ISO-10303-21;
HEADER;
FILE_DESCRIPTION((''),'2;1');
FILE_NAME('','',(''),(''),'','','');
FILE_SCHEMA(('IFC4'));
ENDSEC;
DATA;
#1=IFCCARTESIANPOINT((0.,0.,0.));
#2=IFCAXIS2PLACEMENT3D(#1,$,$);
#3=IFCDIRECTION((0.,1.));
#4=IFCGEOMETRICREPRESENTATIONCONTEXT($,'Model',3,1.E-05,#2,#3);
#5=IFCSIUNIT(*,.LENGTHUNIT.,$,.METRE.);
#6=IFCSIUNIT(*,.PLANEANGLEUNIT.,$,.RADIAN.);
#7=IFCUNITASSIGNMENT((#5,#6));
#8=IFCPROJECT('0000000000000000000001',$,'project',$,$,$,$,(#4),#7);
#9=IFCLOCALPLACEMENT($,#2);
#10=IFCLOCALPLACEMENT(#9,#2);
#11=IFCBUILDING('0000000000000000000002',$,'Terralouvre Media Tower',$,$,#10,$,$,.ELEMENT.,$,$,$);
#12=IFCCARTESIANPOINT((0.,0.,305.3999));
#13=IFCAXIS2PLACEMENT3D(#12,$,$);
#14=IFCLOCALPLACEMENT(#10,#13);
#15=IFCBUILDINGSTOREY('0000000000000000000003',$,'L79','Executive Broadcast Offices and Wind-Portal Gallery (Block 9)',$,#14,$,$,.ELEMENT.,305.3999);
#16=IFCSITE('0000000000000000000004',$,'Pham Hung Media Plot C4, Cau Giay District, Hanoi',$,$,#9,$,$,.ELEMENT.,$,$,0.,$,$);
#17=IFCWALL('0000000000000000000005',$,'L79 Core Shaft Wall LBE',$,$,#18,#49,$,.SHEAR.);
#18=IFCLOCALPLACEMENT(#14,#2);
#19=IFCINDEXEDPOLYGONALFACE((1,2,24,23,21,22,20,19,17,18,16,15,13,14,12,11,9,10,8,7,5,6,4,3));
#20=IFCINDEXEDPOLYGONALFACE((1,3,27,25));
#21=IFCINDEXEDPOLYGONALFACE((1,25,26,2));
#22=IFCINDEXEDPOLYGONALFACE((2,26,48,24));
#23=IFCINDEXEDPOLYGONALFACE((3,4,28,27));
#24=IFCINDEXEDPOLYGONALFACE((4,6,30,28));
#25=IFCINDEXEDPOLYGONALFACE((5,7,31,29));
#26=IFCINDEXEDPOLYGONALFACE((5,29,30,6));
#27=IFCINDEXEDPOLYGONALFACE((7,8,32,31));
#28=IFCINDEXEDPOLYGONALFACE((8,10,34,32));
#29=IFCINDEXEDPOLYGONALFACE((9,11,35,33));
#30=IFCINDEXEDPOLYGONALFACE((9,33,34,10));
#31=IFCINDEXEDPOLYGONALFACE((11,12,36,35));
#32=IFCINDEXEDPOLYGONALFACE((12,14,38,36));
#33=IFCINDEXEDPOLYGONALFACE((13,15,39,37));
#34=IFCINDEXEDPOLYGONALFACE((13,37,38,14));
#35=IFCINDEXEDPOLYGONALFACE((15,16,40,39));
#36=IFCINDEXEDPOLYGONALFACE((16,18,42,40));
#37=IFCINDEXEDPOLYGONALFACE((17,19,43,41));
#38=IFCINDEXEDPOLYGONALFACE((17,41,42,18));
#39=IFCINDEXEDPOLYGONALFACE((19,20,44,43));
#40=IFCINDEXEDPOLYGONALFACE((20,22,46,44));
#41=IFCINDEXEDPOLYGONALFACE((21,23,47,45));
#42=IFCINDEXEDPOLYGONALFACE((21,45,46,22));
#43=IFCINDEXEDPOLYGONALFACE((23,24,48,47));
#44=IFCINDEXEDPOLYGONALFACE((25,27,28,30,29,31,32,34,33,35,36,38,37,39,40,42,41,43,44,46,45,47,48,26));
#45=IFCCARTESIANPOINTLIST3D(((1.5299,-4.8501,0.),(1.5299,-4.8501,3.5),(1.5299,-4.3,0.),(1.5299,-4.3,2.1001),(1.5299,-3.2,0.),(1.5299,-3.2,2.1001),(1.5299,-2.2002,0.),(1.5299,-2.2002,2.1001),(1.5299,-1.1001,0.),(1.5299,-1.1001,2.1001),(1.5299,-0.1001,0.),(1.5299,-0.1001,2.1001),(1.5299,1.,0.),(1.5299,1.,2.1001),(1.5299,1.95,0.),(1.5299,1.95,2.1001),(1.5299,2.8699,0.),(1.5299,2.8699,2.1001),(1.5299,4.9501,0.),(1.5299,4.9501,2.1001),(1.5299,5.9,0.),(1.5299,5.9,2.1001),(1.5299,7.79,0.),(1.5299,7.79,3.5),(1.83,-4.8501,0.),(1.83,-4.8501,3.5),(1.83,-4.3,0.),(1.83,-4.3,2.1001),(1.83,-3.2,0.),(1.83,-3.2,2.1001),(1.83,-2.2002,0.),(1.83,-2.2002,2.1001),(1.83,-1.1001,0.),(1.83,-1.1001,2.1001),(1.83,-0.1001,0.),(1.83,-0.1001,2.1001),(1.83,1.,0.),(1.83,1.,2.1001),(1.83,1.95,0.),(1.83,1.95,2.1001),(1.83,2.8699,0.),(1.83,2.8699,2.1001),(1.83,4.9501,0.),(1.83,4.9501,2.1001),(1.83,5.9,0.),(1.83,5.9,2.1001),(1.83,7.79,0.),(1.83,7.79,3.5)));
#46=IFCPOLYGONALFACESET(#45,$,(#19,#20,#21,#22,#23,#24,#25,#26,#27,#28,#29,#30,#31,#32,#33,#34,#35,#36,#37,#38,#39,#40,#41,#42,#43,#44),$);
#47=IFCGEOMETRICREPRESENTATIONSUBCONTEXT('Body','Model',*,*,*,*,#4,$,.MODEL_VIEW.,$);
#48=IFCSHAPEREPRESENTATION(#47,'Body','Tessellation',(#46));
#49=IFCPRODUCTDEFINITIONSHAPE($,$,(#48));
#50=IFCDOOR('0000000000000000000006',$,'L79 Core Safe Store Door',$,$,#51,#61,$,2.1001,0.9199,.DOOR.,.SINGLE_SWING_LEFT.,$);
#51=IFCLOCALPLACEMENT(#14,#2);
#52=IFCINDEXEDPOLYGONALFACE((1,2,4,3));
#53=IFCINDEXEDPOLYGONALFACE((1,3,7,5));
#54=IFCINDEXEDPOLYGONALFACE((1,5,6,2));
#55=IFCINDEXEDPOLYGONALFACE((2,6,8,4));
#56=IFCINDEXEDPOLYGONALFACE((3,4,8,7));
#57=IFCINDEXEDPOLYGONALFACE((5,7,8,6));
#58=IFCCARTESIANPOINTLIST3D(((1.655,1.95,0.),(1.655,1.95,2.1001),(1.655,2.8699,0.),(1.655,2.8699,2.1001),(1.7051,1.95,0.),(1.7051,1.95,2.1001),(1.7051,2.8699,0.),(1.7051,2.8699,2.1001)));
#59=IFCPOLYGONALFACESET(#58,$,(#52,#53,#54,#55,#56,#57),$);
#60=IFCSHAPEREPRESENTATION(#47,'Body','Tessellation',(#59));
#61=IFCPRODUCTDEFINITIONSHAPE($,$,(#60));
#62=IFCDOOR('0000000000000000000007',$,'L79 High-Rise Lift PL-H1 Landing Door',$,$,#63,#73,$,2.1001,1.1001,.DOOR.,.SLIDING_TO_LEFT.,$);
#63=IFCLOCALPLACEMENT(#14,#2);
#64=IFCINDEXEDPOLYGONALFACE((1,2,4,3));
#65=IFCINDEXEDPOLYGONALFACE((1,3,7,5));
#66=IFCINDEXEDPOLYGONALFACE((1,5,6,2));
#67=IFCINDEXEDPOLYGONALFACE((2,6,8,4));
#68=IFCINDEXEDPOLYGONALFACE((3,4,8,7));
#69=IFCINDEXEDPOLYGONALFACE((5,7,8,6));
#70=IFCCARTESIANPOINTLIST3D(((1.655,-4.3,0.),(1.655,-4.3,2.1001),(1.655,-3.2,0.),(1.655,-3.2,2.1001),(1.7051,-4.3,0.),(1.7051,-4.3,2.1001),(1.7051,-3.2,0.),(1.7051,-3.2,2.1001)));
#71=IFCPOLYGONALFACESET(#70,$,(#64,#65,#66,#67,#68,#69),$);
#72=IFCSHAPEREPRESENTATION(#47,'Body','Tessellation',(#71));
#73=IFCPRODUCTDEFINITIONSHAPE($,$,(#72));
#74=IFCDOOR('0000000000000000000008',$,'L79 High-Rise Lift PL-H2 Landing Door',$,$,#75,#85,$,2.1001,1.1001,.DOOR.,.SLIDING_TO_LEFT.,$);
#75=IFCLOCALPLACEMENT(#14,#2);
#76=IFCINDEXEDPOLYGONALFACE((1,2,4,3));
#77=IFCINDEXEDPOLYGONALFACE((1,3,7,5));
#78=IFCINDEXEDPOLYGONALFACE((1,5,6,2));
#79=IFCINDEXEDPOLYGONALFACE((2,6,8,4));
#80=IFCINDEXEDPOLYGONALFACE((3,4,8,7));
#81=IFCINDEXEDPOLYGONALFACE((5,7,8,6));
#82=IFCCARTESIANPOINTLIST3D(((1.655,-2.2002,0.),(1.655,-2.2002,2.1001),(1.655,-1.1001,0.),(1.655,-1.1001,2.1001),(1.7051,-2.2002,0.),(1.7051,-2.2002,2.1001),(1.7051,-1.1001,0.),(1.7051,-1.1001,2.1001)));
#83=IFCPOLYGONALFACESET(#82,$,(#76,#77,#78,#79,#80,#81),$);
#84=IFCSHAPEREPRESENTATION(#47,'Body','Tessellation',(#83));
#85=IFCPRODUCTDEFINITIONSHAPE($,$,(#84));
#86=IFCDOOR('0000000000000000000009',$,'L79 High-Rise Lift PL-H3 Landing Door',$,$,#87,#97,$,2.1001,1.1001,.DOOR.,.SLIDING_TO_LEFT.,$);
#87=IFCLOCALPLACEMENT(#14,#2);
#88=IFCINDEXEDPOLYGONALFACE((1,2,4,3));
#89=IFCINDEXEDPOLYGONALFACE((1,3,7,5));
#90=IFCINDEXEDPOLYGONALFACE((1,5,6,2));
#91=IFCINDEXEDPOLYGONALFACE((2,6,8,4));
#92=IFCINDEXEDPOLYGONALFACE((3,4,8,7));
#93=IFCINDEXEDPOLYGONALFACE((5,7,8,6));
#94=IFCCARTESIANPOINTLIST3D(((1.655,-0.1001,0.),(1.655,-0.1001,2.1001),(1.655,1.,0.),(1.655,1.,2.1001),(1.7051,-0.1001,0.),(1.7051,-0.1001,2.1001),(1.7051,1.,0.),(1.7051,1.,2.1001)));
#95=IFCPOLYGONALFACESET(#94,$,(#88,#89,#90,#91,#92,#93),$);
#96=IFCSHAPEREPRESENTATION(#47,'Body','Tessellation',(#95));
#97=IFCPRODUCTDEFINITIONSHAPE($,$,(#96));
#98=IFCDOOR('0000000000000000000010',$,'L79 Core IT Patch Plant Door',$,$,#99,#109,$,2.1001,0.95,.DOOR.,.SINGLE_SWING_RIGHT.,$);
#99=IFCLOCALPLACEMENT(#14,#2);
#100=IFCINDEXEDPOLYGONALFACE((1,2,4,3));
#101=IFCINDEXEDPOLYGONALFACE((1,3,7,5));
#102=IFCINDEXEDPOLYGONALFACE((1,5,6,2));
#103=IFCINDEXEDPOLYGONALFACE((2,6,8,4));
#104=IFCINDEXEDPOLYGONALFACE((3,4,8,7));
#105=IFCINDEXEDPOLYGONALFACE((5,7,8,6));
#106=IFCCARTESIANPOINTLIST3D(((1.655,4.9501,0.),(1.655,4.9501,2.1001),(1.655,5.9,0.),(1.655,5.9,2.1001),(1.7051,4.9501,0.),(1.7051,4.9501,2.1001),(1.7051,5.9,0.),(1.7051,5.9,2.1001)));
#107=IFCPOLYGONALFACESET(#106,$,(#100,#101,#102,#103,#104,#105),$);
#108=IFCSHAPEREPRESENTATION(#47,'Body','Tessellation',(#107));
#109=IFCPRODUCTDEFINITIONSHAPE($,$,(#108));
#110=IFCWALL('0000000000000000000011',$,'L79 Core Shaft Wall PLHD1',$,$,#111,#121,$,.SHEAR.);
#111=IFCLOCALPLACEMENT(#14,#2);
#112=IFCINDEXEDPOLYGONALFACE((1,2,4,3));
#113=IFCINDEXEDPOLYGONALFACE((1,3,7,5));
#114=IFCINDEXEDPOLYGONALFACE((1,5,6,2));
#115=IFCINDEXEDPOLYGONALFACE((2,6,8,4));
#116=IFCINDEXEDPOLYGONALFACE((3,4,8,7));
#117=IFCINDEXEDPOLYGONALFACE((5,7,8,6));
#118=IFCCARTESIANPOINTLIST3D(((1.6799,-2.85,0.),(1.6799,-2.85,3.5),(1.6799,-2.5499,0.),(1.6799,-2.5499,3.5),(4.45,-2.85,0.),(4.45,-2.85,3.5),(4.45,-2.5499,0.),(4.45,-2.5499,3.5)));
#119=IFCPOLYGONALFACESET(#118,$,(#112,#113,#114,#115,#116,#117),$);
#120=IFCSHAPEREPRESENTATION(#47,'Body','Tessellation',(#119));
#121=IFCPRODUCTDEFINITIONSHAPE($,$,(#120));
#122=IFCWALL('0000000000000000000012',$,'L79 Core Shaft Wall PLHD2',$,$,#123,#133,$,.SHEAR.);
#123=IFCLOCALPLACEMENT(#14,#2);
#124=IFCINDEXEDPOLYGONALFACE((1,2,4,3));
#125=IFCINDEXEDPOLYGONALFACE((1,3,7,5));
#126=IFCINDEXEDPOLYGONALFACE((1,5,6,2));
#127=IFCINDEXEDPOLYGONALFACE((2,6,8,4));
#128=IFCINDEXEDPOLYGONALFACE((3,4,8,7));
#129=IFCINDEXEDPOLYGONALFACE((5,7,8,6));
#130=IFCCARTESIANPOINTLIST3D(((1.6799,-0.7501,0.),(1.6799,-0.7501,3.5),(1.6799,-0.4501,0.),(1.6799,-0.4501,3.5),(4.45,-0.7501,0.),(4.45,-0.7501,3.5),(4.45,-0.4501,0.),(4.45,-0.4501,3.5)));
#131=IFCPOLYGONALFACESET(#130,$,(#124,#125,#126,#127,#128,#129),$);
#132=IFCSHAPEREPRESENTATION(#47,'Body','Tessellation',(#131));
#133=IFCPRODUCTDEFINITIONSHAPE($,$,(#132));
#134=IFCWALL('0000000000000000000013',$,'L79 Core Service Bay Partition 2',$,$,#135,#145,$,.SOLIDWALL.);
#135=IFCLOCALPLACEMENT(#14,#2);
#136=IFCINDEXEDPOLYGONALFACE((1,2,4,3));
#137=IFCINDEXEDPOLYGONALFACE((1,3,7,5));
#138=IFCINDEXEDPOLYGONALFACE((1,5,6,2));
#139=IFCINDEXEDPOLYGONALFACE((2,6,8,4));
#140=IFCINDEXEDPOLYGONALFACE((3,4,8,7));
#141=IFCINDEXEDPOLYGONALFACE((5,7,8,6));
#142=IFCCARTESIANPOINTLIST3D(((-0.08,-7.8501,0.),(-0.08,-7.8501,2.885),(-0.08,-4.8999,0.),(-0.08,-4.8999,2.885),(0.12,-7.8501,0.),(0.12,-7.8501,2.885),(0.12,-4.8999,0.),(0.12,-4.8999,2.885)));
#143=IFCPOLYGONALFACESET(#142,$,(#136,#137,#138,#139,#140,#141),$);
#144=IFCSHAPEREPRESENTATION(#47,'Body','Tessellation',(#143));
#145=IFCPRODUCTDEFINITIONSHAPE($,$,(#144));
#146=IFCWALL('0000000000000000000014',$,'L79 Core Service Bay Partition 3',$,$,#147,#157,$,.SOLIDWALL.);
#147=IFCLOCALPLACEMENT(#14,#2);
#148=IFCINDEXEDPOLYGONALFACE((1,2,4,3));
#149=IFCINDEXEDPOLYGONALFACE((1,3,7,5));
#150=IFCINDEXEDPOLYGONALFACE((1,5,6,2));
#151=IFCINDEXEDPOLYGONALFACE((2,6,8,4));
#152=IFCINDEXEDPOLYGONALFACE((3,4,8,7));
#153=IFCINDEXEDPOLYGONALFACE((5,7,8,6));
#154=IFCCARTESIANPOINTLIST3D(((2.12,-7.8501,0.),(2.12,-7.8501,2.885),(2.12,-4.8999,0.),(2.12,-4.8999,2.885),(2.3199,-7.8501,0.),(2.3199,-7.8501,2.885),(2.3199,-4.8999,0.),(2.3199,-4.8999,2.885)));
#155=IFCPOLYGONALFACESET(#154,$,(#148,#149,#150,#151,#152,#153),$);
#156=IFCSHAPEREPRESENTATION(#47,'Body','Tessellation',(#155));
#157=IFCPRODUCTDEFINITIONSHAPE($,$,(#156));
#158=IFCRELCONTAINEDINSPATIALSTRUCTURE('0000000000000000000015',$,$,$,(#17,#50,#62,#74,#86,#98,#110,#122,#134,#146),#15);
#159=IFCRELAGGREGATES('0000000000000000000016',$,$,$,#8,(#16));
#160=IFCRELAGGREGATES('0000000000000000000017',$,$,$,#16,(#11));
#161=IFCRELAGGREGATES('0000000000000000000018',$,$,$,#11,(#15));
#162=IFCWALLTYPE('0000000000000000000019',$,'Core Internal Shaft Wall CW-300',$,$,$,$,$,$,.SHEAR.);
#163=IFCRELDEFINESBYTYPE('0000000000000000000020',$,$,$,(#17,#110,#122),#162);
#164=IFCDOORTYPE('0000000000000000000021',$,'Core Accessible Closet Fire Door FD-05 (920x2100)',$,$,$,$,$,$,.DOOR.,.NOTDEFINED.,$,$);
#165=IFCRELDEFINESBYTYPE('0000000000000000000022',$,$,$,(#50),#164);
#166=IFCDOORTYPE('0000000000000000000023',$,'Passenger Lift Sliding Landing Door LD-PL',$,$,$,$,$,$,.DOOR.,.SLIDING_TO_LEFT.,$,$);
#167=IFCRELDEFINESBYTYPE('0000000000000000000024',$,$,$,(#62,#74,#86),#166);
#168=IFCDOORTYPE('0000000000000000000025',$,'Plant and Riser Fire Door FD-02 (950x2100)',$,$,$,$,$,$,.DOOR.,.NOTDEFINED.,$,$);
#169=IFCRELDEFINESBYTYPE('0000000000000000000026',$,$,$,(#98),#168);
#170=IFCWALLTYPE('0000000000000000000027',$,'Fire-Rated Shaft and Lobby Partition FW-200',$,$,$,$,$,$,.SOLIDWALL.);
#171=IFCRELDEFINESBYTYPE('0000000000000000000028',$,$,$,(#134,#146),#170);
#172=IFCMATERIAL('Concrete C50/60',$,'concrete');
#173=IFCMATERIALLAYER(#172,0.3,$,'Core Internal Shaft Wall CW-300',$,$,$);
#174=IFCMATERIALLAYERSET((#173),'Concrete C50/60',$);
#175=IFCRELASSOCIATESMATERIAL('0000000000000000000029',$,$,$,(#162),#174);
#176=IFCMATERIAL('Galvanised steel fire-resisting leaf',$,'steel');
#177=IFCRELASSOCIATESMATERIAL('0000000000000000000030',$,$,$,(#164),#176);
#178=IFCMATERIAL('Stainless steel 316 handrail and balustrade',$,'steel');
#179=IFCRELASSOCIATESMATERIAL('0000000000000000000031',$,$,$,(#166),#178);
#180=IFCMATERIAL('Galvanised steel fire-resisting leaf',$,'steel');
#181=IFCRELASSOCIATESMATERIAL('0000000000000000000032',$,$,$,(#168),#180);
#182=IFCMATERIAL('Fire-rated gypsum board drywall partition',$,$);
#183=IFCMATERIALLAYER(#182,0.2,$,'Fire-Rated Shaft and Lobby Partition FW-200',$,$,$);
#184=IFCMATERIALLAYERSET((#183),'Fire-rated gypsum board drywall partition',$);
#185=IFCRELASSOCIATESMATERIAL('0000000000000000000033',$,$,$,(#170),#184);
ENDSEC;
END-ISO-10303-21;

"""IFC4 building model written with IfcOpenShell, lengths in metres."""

from ifc_helpers import new_model, si_unit, direction, frame, frame_2d, origin, place, context, subcontext, project, spatial, rectangle, extrude, material, layer, layer_set, type_object, element, fill, save


model = new_model("IFC4")

# Units and contexts
model_context = context("Model", 3, precision=1e-05, world=origin(), true_north=direction((0.0, 1.0)))
body_context = subcontext(model_context, "Body", "Model", "MODEL_VIEW")
ifc_project = project(units=[si_unit("LENGTHUNIT", "METRE"), si_unit("PLANEANGLEUNIT", "RADIAN")], contexts=[model_context])

# Site, building, storey
site_placement = place(None, origin())
site = spatial("IfcSite", under=ifc_project, at=site_placement, Name="Pham Hung Media Plot C4, Cau Giay District, Hanoi", CompositionType="ELEMENT", RefElevation=0.0)
building_placement = place(site_placement, origin())
building = spatial("IfcBuilding", under=site, at=building_placement, Name="Terralouvre Media Tower", CompositionType="ELEMENT")
storey_placement = place(building_placement, frame((0.0, 0.0, 305.3999)))
storey = spatial("IfcBuildingStorey", under=building, at=storey_placement, Name="L79", Description="Executive Broadcast Offices and Wind-Portal Gallery (Block 9)", CompositionType="ELEMENT", Elevation=305.3999)

# Shared definitions
ifc_material_1 = material(Name="Concrete C50/60", Category="concrete")
ifc_layer_1 = layer(ifc_material_1, 0.3, Name="Core Internal Shaft Wall CW-300")
ifc_layer_set_1 = layer_set([ifc_layer_1], Name="Concrete C50/60")
wall_type_1 = type_object("IfcWallType", Name="Core Internal Shaft Wall CW-300", PredefinedType="SHEAR", material=ifc_layer_set_1)

# Wall, openings, doors
wall_1_placement = place(storey_placement, frame((1.6799, -4.8501, 0.0), z_axis=(0.0, 0.0, 1.0), x_axis=(0.0, 1.0, 0.0)))
wall_1 = element("IfcWall", 1, at=wall_1_placement, inside=storey, type_object=wall_type_1, Name="L79 Core Shaft Wall LBE", PredefinedType="SHEAR", context=body_context, shape_type="SweptSolid", body=[
    extrude(rectangle(XDim=12.6401, YDim=0.3, at=frame_2d((6.3201, 0.0))), origin(), (0.0, 0.0, 1.0), 3.5),
])
opening_1_placement = place(wall_1_placement, frame((0.55, 0.0, 0.0)))
opening_1 = element("IfcOpeningElement", 2, at=opening_1_placement, cuts=wall_1, PredefinedType="OPENING", context=body_context, shape_type="SweptSolid", body=[
    extrude(rectangle(XDim=1.1001, YDim=2.1001, at=frame_2d((0.55, 1.05))), frame((0.0, 0.1599, 0.0), z_axis=(0.0, -1.0, 0.0), x_axis=(1.0, 0.0, 0.0)), (0.0, 0.0, 1.0), 0.3201),
])
opening_2_placement = place(wall_1_placement, frame((2.6499, 0.0, 0.0)))
opening_2 = element("IfcOpeningElement", 3, at=opening_2_placement, cuts=wall_1, PredefinedType="OPENING", context=body_context, shape_type="SweptSolid", body=[
    extrude(rectangle(XDim=1.1001, YDim=2.1001, at=frame_2d((0.55, 1.05))), frame((0.0, 0.1599, 0.0), z_axis=(0.0, -1.0, 0.0), x_axis=(1.0, 0.0, 0.0)), (0.0, 0.0, 1.0), 0.3201),
])
opening_3_placement = place(wall_1_placement, frame((4.75, 0.0, 0.0)))
opening_3 = element("IfcOpeningElement", 4, at=opening_3_placement, cuts=wall_1, PredefinedType="OPENING", context=body_context, shape_type="SweptSolid", body=[
    extrude(rectangle(XDim=1.1001, YDim=2.1001, at=frame_2d((0.55, 1.05))), frame((0.0, 0.1599, 0.0), z_axis=(0.0, -1.0, 0.0), x_axis=(1.0, 0.0, 0.0)), (0.0, 0.0, 1.0), 0.3201),
])
opening_4_placement = place(wall_1_placement, frame((6.8, 0.0, 0.0)))
opening_4 = element("IfcOpeningElement", 5, at=opening_4_placement, cuts=wall_1, PredefinedType="OPENING", context=body_context, shape_type="SweptSolid", body=[
    extrude(rectangle(XDim=0.9199, YDim=2.1001, at=frame_2d((0.46, 1.05))), frame((0.0, 0.1599, 0.0), z_axis=(0.0, -1.0, 0.0), x_axis=(1.0, 0.0, 0.0)), (0.0, 0.0, 1.0), 0.3201),
])
opening_5_placement = place(wall_1_placement, frame((9.8, 0.0, 0.0)))
opening_5 = element("IfcOpeningElement", 6, at=opening_5_placement, cuts=wall_1, PredefinedType="OPENING", context=body_context, shape_type="SweptSolid", body=[
    extrude(rectangle(XDim=0.95, YDim=2.1001, at=frame_2d((0.4751, 1.05))), frame((0.0, 0.1599, 0.0), z_axis=(0.0, -1.0, 0.0), x_axis=(1.0, 0.0, 0.0)), (0.0, 0.0, 1.0), 0.3201),
])
ifc_material_2 = material(Name="Galvanised steel fire-resisting leaf", Category="steel")
door_type_1 = type_object("IfcDoorType", Name="Core Accessible Closet Fire Door FD-05 (920x2100)", OperationType="NOTDEFINED", PredefinedType="DOOR", material=ifc_material_2)
door_1_placement = place(opening_4_placement, origin())
door_1 = element("IfcDoor", 7, at=door_1_placement, inside=storey, type_object=door_type_1, Name="L79 Core Safe Store Door", OperationType="SINGLE_SWING_LEFT", OverallHeight=2.1001, OverallWidth=0.9199, PredefinedType="DOOR", context=body_context, shape_type="SweptSolid", body=[
    extrude(rectangle(XDim=0.9199, YDim=2.1001, at=frame_2d((0.46, 1.05))), frame((0.0, 0.0249, 0.0), z_axis=(0.0, -1.0, 0.0), x_axis=(1.0, 0.0, 0.0)), (0.0, 0.0, 1.0), 0.05),
])
fill(opening_4, door_1)
ifc_material_3 = material(Name="Stainless steel 316 handrail and balustrade", Category="steel")
door_type_2 = type_object("IfcDoorType", Name="Passenger Lift Sliding Landing Door LD-PL", OperationType="SLIDING_TO_LEFT", PredefinedType="DOOR", material=ifc_material_3)
door_2_placement = place(opening_1_placement, origin())
door_2 = element("IfcDoor", 8, at=door_2_placement, inside=storey, type_object=door_type_2, Name="L79 High-Rise Lift PL-H1 Landing Door", OperationType="SLIDING_TO_LEFT", OverallHeight=2.1001, OverallWidth=1.1001, PredefinedType="DOOR", context=body_context, shape_type="SweptSolid", body=[
    extrude(rectangle(XDim=1.1001, YDim=2.1001, at=frame_2d((0.55, 1.05))), frame((0.0, 0.0249, 0.0), z_axis=(0.0, -1.0, 0.0), x_axis=(1.0, 0.0, 0.0)), (0.0, 0.0, 1.0), 0.05),
])
fill(opening_1, door_2)
door_3_placement = place(opening_2_placement, origin())
door_3 = element("IfcDoor", 9, at=door_3_placement, inside=storey, type_object=door_type_2, Name="L79 High-Rise Lift PL-H2 Landing Door", OperationType="SLIDING_TO_LEFT", OverallHeight=2.1001, OverallWidth=1.1001, PredefinedType="DOOR", context=body_context, shape_type="SweptSolid", body=[
    extrude(rectangle(XDim=1.1001, YDim=2.1001, at=frame_2d((0.55, 1.05))), frame((0.0, 0.0249, 0.0), z_axis=(0.0, -1.0, 0.0), x_axis=(1.0, 0.0, 0.0)), (0.0, 0.0, 1.0), 0.05),
])
fill(opening_2, door_3)
door_4_placement = place(opening_3_placement, origin())
door_4 = element("IfcDoor", 10, at=door_4_placement, inside=storey, type_object=door_type_2, Name="L79 High-Rise Lift PL-H3 Landing Door", OperationType="SLIDING_TO_LEFT", OverallHeight=2.1001, OverallWidth=1.1001, PredefinedType="DOOR", context=body_context, shape_type="SweptSolid", body=[
    extrude(rectangle(XDim=1.1001, YDim=2.1001, at=frame_2d((0.55, 1.05))), frame((0.0, 0.0249, 0.0), z_axis=(0.0, -1.0, 0.0), x_axis=(1.0, 0.0, 0.0)), (0.0, 0.0, 1.0), 0.05),
])
fill(opening_3, door_4)
ifc_material_4 = material(Name="Galvanised steel fire-resisting leaf", Category="steel")
door_type_3 = type_object("IfcDoorType", Name="Plant and Riser Fire Door FD-02 (950x2100)", OperationType="NOTDEFINED", PredefinedType="DOOR", material=ifc_material_4)
door_5_placement = place(opening_5_placement, origin())
door_5 = element("IfcDoor", 11, at=door_5_placement, inside=storey, type_object=door_type_3, Name="L79 Core IT Patch Plant Door", OperationType="SINGLE_SWING_RIGHT", OverallHeight=2.1001, OverallWidth=0.95, PredefinedType="DOOR", context=body_context, shape_type="SweptSolid", body=[
    extrude(rectangle(XDim=0.95, YDim=2.1001, at=frame_2d((0.4751, 1.05))), frame((0.0, 0.0249, 0.0), z_axis=(0.0, -1.0, 0.0), x_axis=(1.0, 0.0, 0.0)), (0.0, 0.0, 1.0), 0.05),
])
fill(opening_5, door_5)

# Walls
for number, where, z_axis, x_axis, name in (
    (12, (1.6799, -2.7, 0.0), (0.0, 0.0, 1.0), (1.0, 0.0, 0.0), "L79 Core Shaft Wall PLHD1"),
    (13, (1.6799, -0.6001, 0.0), (0.0, 0.0, 1.0), (1.0, 0.0, 0.0), "L79 Core Shaft Wall PLHD2"),
):
    element("IfcWall", number, at=place(storey_placement, frame(where, z_axis=z_axis, x_axis=x_axis)), inside=storey, type_object=wall_type_1, Name=name, PredefinedType="SHEAR", context=body_context, shape_type="SweptSolid", body=[
        extrude(rectangle(XDim=2.77, YDim=0.3, at=frame_2d((1.385, 0.0))), origin(), (0.0, 0.0, 1.0), 3.5),
    ])
ifc_material_5 = material(Name="Fire-rated gypsum board drywall partition")
ifc_layer_2 = layer(ifc_material_5, 0.2, Name="Fire-Rated Shaft and Lobby Partition FW-200")
ifc_layer_set_2 = layer_set([ifc_layer_2], Name="Fire-rated gypsum board drywall partition")
wall_type_2 = type_object("IfcWallType", Name="Fire-Rated Shaft and Lobby Partition FW-200", PredefinedType="SOLIDWALL", material=ifc_layer_set_2)
for number, where, z_axis, x_axis, name in (
    (14, (0.02, -7.8501, 0.0), (0.0, 0.0, 1.0), (0.0, 1.0, 0.0), "L79 Core Service Bay Partition 2"),
    (15, (2.22, -7.8501, 0.0), (0.0, 0.0, 1.0), (0.0, 1.0, 0.0), "L79 Core Service Bay Partition 3"),
):
    element("IfcWall", number, at=place(storey_placement, frame(where, z_axis=z_axis, x_axis=x_axis)), inside=storey, type_object=wall_type_2, Name=name, PredefinedType="SOLIDWALL", context=body_context, shape_type="SweptSolid", body=[
        extrude(rectangle(XDim=2.9502, YDim=0.2, at=frame_2d((1.4751, 0.0))), origin(), (0.0, 0.0, 1.0), 2.885),
    ])

save(model, "model.ifc")
